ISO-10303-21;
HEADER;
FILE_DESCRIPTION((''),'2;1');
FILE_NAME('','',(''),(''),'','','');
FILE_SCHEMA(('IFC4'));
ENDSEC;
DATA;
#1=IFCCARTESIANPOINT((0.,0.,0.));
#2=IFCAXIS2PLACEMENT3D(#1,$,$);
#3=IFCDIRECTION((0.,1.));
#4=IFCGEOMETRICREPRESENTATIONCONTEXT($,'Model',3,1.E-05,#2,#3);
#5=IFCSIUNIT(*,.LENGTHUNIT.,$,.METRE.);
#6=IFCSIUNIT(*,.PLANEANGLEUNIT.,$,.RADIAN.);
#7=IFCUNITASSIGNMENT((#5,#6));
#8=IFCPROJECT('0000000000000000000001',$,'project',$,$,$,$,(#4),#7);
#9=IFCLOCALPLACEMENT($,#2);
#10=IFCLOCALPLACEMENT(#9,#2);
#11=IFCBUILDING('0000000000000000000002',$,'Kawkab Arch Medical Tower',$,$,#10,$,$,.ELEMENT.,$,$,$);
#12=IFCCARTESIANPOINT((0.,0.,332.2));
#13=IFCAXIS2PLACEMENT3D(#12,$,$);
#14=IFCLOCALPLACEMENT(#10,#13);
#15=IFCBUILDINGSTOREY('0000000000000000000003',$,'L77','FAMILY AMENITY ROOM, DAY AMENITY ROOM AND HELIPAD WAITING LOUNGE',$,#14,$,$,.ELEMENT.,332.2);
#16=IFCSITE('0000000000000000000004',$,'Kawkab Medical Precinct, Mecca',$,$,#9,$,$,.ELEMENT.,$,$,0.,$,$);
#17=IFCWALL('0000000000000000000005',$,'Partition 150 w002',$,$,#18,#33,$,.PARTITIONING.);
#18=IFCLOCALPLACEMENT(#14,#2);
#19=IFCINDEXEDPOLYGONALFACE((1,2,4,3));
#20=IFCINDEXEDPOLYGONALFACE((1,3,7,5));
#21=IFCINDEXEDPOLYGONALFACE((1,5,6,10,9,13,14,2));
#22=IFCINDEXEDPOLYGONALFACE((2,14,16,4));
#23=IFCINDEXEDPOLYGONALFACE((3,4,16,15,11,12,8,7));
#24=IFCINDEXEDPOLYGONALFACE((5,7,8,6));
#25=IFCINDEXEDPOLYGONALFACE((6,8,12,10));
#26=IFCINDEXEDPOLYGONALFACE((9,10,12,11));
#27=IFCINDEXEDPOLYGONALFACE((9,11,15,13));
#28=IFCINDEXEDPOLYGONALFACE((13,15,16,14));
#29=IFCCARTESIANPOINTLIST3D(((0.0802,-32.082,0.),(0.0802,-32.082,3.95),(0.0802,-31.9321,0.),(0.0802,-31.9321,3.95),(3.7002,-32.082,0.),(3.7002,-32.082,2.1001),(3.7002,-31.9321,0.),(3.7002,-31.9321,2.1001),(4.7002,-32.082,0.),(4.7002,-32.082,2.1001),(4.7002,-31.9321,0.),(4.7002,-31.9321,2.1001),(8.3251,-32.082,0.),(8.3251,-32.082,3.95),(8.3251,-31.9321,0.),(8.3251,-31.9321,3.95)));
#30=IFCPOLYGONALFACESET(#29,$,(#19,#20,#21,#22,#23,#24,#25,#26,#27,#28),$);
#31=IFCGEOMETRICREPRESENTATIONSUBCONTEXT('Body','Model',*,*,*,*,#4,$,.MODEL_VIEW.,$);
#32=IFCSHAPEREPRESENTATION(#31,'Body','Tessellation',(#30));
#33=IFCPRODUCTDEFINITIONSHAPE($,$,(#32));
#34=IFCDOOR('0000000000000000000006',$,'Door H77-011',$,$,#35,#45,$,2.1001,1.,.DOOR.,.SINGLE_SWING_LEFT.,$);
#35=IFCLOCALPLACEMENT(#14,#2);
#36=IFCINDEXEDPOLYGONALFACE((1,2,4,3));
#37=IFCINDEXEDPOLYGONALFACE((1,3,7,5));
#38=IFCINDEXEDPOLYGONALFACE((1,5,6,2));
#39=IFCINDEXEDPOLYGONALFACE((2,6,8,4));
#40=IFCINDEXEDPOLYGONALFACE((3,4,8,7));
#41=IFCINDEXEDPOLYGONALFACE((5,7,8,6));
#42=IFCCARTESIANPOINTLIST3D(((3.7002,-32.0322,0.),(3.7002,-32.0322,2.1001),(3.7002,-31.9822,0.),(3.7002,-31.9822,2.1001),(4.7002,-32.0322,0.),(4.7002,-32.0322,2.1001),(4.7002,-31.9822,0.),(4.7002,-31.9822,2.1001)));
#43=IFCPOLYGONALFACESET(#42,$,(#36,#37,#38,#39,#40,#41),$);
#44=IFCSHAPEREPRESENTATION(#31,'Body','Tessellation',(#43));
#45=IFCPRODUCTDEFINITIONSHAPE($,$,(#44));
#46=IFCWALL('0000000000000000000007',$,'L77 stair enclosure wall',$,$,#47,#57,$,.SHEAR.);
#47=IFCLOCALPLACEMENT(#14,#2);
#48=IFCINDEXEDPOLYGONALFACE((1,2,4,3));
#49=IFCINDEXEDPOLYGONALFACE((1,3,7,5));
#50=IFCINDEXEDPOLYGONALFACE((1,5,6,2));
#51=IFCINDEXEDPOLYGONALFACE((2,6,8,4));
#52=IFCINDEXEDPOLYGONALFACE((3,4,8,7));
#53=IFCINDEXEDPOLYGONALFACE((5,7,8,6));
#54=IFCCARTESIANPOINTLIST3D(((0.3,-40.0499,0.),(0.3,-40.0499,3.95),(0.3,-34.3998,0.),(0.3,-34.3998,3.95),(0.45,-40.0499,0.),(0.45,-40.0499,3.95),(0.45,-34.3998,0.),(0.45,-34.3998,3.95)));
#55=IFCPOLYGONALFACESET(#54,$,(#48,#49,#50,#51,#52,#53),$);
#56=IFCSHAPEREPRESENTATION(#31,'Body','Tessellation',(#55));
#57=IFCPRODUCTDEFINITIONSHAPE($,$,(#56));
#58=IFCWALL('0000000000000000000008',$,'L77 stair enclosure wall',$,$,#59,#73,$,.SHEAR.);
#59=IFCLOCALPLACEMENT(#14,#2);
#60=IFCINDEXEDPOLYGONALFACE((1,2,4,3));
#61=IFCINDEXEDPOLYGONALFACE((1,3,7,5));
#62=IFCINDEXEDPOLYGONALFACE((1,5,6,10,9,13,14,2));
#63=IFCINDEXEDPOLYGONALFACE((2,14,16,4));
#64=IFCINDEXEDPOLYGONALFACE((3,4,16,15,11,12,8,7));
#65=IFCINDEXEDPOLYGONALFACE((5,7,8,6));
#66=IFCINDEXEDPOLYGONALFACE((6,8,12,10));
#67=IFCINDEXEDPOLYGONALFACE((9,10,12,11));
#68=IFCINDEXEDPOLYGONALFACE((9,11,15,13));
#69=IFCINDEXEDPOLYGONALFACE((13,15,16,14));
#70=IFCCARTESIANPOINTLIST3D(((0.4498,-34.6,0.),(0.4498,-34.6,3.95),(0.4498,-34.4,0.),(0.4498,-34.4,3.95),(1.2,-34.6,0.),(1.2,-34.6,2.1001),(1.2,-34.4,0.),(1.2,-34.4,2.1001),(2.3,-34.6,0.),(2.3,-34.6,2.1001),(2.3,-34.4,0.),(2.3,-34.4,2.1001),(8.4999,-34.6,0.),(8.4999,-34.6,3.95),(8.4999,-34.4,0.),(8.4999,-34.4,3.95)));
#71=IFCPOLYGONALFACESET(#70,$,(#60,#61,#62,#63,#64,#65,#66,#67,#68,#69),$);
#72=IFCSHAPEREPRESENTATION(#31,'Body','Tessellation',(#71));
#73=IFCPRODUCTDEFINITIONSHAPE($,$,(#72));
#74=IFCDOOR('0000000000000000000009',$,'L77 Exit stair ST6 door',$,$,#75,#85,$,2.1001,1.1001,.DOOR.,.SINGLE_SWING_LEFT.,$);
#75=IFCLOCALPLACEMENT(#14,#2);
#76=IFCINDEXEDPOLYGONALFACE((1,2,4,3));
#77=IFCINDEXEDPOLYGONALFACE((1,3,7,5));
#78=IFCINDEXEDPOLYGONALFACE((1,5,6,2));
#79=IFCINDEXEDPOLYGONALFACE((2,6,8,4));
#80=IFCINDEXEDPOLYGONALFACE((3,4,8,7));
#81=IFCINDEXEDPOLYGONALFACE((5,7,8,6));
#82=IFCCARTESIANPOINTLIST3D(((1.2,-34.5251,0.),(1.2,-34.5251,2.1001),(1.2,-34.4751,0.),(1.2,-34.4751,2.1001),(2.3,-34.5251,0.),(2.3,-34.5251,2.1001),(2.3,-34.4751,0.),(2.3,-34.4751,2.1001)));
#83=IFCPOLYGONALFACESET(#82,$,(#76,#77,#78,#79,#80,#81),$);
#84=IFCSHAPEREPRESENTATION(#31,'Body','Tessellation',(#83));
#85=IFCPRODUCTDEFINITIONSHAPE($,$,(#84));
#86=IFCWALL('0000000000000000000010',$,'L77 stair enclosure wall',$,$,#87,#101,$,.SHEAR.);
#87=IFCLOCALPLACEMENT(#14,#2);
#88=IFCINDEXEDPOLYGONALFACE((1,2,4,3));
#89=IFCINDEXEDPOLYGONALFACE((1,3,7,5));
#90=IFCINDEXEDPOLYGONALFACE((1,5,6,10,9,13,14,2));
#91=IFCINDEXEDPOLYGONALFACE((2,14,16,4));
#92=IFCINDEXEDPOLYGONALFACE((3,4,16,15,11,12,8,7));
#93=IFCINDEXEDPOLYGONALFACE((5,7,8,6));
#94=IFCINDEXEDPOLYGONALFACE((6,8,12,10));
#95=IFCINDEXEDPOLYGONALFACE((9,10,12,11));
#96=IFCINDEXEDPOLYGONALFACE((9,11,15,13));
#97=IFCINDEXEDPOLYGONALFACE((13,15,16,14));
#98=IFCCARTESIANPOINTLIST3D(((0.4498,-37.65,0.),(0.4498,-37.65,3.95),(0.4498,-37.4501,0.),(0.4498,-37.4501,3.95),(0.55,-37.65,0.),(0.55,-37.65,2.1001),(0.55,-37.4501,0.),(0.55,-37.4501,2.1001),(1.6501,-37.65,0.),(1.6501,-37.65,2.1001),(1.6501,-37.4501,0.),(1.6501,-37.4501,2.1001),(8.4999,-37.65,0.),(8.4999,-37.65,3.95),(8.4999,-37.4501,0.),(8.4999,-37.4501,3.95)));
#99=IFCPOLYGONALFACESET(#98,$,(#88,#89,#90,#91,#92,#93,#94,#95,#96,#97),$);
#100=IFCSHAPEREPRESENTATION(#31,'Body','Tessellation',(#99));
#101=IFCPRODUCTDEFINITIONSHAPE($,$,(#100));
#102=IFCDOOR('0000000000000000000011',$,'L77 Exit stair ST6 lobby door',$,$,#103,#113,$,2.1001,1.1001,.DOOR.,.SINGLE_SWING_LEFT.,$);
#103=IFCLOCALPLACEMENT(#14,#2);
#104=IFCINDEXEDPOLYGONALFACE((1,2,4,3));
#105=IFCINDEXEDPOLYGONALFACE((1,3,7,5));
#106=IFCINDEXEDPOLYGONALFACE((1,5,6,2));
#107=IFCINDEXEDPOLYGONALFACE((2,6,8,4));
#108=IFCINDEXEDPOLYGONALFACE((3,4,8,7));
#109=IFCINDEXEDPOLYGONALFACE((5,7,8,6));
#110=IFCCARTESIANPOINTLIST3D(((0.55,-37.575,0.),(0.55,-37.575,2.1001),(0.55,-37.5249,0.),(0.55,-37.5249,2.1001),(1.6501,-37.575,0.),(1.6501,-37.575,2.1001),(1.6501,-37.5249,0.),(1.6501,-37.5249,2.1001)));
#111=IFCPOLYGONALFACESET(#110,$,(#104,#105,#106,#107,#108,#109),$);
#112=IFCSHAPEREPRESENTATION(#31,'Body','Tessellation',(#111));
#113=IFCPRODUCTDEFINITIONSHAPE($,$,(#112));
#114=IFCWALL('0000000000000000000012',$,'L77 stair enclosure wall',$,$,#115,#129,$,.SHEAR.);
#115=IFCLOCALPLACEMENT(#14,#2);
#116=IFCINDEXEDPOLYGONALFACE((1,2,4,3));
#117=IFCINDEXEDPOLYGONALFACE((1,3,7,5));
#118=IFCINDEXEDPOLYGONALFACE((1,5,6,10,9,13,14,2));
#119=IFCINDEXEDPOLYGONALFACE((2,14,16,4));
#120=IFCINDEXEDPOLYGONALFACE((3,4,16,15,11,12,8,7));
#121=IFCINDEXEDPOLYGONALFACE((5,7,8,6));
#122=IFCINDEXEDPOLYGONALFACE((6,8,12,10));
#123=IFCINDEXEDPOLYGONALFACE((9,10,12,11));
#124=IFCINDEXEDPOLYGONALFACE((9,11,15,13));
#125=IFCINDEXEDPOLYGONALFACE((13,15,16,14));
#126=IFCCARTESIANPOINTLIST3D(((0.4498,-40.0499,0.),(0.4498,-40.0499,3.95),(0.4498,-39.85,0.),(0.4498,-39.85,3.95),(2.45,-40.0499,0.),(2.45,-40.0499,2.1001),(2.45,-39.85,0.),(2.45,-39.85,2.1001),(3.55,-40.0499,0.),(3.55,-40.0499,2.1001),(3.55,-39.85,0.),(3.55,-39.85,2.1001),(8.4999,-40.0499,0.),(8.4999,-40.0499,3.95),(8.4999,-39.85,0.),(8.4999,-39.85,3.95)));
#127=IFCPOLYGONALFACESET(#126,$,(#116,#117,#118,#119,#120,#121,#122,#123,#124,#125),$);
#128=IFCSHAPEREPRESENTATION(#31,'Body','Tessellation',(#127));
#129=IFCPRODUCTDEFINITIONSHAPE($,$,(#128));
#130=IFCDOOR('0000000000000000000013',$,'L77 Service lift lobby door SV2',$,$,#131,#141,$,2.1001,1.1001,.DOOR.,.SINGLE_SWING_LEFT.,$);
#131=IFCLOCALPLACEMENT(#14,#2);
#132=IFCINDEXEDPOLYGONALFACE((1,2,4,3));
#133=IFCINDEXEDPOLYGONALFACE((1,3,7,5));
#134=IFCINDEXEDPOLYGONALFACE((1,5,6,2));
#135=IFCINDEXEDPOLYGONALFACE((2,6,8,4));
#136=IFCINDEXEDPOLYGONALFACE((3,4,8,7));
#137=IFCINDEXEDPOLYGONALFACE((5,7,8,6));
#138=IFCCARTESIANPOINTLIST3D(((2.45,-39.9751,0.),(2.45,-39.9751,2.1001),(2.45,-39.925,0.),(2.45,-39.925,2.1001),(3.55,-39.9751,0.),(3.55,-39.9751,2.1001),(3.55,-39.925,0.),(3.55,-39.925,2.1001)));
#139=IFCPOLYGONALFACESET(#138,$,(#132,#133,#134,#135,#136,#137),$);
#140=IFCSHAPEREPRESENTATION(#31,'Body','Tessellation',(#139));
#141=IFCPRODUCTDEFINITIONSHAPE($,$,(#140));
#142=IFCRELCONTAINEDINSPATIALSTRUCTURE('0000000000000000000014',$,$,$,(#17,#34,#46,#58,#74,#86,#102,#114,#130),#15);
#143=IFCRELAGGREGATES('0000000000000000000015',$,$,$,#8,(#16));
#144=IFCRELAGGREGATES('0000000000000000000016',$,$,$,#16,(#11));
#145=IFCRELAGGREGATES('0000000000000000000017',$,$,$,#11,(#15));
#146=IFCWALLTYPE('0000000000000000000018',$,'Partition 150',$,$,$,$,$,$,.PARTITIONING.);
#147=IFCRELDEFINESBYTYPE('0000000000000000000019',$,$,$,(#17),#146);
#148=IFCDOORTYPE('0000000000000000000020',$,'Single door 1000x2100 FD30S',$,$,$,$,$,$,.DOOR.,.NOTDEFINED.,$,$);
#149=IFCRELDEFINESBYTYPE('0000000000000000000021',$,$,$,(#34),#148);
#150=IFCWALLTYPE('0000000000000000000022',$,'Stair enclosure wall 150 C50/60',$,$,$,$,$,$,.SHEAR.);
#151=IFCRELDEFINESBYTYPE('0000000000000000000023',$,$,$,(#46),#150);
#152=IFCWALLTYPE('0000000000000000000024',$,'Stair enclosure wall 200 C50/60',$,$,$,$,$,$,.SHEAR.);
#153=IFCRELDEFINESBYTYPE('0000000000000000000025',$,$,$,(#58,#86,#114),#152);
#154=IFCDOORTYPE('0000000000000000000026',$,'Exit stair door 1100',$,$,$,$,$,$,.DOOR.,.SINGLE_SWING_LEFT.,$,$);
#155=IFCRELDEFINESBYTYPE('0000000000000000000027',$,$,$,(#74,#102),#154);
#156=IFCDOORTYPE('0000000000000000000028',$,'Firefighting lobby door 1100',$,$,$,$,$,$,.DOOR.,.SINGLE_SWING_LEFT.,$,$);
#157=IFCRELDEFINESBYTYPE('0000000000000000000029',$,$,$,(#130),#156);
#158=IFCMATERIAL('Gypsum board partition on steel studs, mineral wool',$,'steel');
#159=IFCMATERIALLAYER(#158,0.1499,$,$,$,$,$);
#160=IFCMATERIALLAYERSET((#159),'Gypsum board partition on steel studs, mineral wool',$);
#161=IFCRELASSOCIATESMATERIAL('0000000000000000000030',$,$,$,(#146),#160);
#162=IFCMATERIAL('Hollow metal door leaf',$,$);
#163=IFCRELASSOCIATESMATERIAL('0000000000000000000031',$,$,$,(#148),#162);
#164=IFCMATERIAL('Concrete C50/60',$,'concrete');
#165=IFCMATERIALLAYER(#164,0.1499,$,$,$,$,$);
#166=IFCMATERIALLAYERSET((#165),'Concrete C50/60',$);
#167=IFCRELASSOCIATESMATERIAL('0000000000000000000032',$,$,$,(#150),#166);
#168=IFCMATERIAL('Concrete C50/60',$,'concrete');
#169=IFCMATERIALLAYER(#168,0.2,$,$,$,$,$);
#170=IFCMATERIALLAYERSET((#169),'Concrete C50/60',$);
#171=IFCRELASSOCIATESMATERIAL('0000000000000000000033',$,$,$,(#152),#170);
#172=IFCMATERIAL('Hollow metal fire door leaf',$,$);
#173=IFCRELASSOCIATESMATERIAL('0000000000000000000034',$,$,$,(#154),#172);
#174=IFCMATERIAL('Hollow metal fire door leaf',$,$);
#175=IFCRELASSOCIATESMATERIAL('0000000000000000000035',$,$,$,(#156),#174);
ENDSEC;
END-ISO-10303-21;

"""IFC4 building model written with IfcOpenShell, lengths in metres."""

from ifc_helpers import new_model, si_unit, direction, frame, frame_2d, origin, place, context, subcontext, project, spatial, rectangle, extrude, material, layer, layer_set, type_object, element, fill, save


model = new_model("IFC4")

# Units and contexts
model_context = context("Model", 3, precision=1e-05, world=origin(), true_north=direction((0.0, 1.0)))
body_context = subcontext(model_context, "Body", "Model", "MODEL_VIEW")
ifc_project = project(units=[si_unit("LENGTHUNIT", "METRE"), si_unit("PLANEANGLEUNIT", "RADIAN")], contexts=[model_context])

# Site, building, storey
site_placement = place(None, origin())
site = spatial("IfcSite", under=ifc_project, at=site_placement, Name="Kawkab Medical Precinct, Mecca", CompositionType="ELEMENT", RefElevation=0.0)
building_placement = place(site_placement, origin())
building = spatial("IfcBuilding", under=site, at=building_placement, Name="Kawkab Arch Medical Tower", CompositionType="ELEMENT")
storey_placement = place(building_placement, frame((0.0, 0.0, 332.2)))
storey = spatial("IfcBuildingStorey", under=building, at=storey_placement, Name="L77", Description="FAMILY AMENITY ROOM, DAY AMENITY ROOM AND HELIPAD WAITING LOUNGE", CompositionType="ELEMENT", Elevation=332.2)

# Wall, opening, door
ifc_material_1 = material(Name="Gypsum board partition on steel studs, mineral wool", Category="steel")
ifc_layer_1 = layer(ifc_material_1, 0.1499)
ifc_layer_set_1 = layer_set([ifc_layer_1], Name="Gypsum board partition on steel studs, mineral wool")
wall_type_1 = type_object("IfcWallType", Name="Partition 150", PredefinedType="PARTITIONING", material=ifc_layer_set_1)
wall_1_placement = place(storey_placement, frame((0.0801, -32.0071, 0.0), z_axis=(0.0, 0.0, 1.0), x_axis=(1.0, 0.0, 0.0)))
wall_1 = element("IfcWall", 1, at=wall_1_placement, inside=storey, type_object=wall_type_1, Name="Partition 150 w002", PredefinedType="PARTITIONING", context=body_context, shape_type="SweptSolid", body=[
    extrude(rectangle(XDim=8.2449, YDim=0.1499, at=frame_2d((4.1226, 0.0))), origin(), (0.0, 0.0, 1.0), 3.95),
])
opening_1_placement = place(wall_1_placement, frame((3.6201, 0.0, 0.0)))
opening_1 = element("IfcOpeningElement", 2, at=opening_1_placement, cuts=wall_1, PredefinedType="OPENING", context=body_context, shape_type="SweptSolid", body=[
    extrude(rectangle(XDim=1.0, YDim=2.1001, at=frame_2d((0.5, 1.05))), frame((0.0, 0.085, 0.0), z_axis=(0.0, -1.0, 0.0), x_axis=(1.0, 0.0, 0.0)), (0.0, 0.0, 1.0), 0.1699),
])
ifc_material_2 = material(Name="Hollow metal door leaf")
door_type_1 = type_object("IfcDoorType", Name="Single door 1000x2100 FD30S", OperationType="NOTDEFINED", PredefinedType="DOOR", material=ifc_material_2)
door_1_placement = place(opening_1_placement, origin())
door_1 = element("IfcDoor", 3, at=door_1_placement, inside=storey, type_object=door_type_1, Name="Door H77-011", OperationType="SINGLE_SWING_LEFT", OverallHeight=2.1001, OverallWidth=1.0, PredefinedType="DOOR", context=body_context, shape_type="SweptSolid", body=[
    extrude(rectangle(XDim=1.0, YDim=2.1001, at=frame_2d((0.5, 1.05))), frame((0.0, 0.0249, 0.0), z_axis=(0.0, -1.0, 0.0), x_axis=(1.0, 0.0, 0.0)), (0.0, 0.0, 1.0), 0.05),
])
fill(opening_1, door_1)

# Wall
ifc_material_3 = material(Name="Concrete C50/60", Category="concrete")
ifc_layer_2 = layer(ifc_material_3, 0.1499)
ifc_layer_set_2 = layer_set([ifc_layer_2], Name="Concrete C50/60")
wall_type_2 = type_object("IfcWallType", Name="Stair enclosure wall 150 C50/60", PredefinedType="SHEAR", material=ifc_layer_set_2)
wall_2_placement = place(storey_placement, frame((0.375, -40.05, 0.0), z_axis=(0.0, 0.0, 1.0), x_axis=(0.0, 1.0, 0.0)))
element("IfcWall", 4, at=wall_2_placement, inside=storey, type_object=wall_type_2, Name="L77 stair enclosure wall", PredefinedType="SHEAR", context=body_context, shape_type="SweptSolid", body=[
    extrude(rectangle(XDim=5.6501, YDim=0.1499, at=frame_2d((2.8252, 0.0))), origin(), (0.0, 0.0, 1.0), 3.95),
])

# Walls, openings, doors
ifc_material_4 = material(Name="Concrete C50/60", Category="concrete")
ifc_layer_3 = layer(ifc_material_4, 0.2)
ifc_layer_set_3 = layer_set([ifc_layer_3], Name="Concrete C50/60")
wall_type_3 = type_object("IfcWallType", Name="Stair enclosure wall 200 C50/60", PredefinedType="SHEAR", material=ifc_layer_set_3)
wall_3_placement = place(storey_placement, frame((0.45, -34.5, 0.0), z_axis=(0.0, 0.0, 1.0), x_axis=(1.0, 0.0, 0.0)))
wall_3 = element("IfcWall", 5, at=wall_3_placement, inside=storey, type_object=wall_type_3, Name="L77 stair enclosure wall", PredefinedType="SHEAR", context=body_context, shape_type="SweptSolid", body=[
    extrude(rectangle(XDim=8.05, YDim=0.2, at=frame_2d((4.0249, 0.0))), origin(), (0.0, 0.0, 1.0), 3.95),
])
opening_2_placement = place(wall_3_placement, frame((0.75, 0.0, 0.0)))
opening_2 = element("IfcOpeningElement", 6, at=opening_2_placement, cuts=wall_3, PredefinedType="OPENING", context=body_context, shape_type="SweptSolid", body=[
    extrude(rectangle(XDim=1.1001, YDim=2.1001, at=frame_2d((0.55, 1.05))), frame((0.0, 0.1099, 0.0), z_axis=(0.0, -1.0, 0.0), x_axis=(1.0, 0.0, 0.0)), (0.0, 0.0, 1.0), 0.22),
])
ifc_material_5 = material(Name="Hollow metal fire door leaf")
door_type_2 = type_object("IfcDoorType", Name="Exit stair door 1100", OperationType="SINGLE_SWING_LEFT", PredefinedType="DOOR", material=ifc_material_5)
door_2_placement = place(opening_2_placement, origin())
door_2 = element("IfcDoor", 7, at=door_2_placement, inside=storey, type_object=door_type_2, Name="L77 Exit stair ST6 door", OperationType="SINGLE_SWING_LEFT", OverallHeight=2.1001, OverallWidth=1.1001, PredefinedType="DOOR", context=body_context, shape_type="SweptSolid", body=[
    extrude(rectangle(XDim=1.1001, YDim=2.1001, at=frame_2d((0.55, 1.05))), frame((0.0, 0.0249, 0.0), z_axis=(0.0, -1.0, 0.0), x_axis=(1.0, 0.0, 0.0)), (0.0, 0.0, 1.0), 0.05),
])
fill(opening_2, door_2)
wall_4_placement = place(storey_placement, frame((0.45, -37.55, 0.0), z_axis=(0.0, 0.0, 1.0), x_axis=(1.0, 0.0, 0.0)))
wall_4 = element("IfcWall", 8, at=wall_4_placement, inside=storey, type_object=wall_type_3, Name="L77 stair enclosure wall", PredefinedType="SHEAR", context=body_context, shape_type="SweptSolid", body=[
    extrude(rectangle(XDim=8.05, YDim=0.2, at=frame_2d((4.0249, 0.0))), origin(), (0.0, 0.0, 1.0), 3.95),
])
opening_3_placement = place(wall_4_placement, frame((0.1001, 0.0, 0.0)))
opening_3 = element("IfcOpeningElement", 9, at=opening_3_placement, cuts=wall_4, PredefinedType="OPENING", context=body_context, shape_type="SweptSolid", body=[
    extrude(rectangle(XDim=1.1001, YDim=2.1001, at=frame_2d((0.55, 1.05))), frame((0.0, 0.1099, 0.0), z_axis=(0.0, -1.0, 0.0), x_axis=(1.0, 0.0, 0.0)), (0.0, 0.0, 1.0), 0.22),
])
door_3_placement = place(opening_3_placement, frame((1.1001, 0.0, 0.0), z_axis=(0.0, 0.0, 1.0), x_axis=(-1.0, 0.0, 0.0)))
door_3 = element("IfcDoor", 10, at=door_3_placement, inside=storey, type_object=door_type_2, Name="L77 Exit stair ST6 lobby door", OperationType="SINGLE_SWING_LEFT", OverallHeight=2.1001, OverallWidth=1.1001, PredefinedType="DOOR", context=body_context, shape_type="SweptSolid", body=[
    extrude(rectangle(XDim=1.1001, YDim=2.1001, at=frame_2d((0.55, 1.05))), frame((0.0, 0.0249, 0.0), z_axis=(0.0, -1.0, 0.0), x_axis=(1.0, 0.0, 0.0)), (0.0, 0.0, 1.0), 0.05),
])
fill(opening_3, door_3)
wall_5_placement = place(storey_placement, frame((0.45, -39.95, 0.0), z_axis=(0.0, 0.0, 1.0), x_axis=(1.0, 0.0, 0.0)))
wall_5 = element("IfcWall", 11, at=wall_5_placement, inside=storey, type_object=wall_type_3, Name="L77 stair enclosure wall", PredefinedType="SHEAR", context=body_context, shape_type="SweptSolid", body=[
    extrude(rectangle(XDim=8.05, YDim=0.2, at=frame_2d((4.0249, 0.0))), origin(), (0.0, 0.0, 1.0), 3.95),
])
opening_4_placement = place(wall_5_placement, frame((2.0, 0.0, 0.0)))
opening_4 = element("IfcOpeningElement", 12, at=opening_4_placement, cuts=wall_5, PredefinedType="OPENING", context=body_context, shape_type="SweptSolid", body=[
    extrude(rectangle(XDim=1.1001, YDim=2.1001, at=frame_2d((0.55, 1.05))), frame((0.0, 0.1099, 0.0), z_axis=(0.0, -1.0, 0.0), x_axis=(1.0, 0.0, 0.0)), (0.0, 0.0, 1.0), 0.22),
])
ifc_material_6 = material(Name="Hollow metal fire door leaf")
door_type_3 = type_object("IfcDoorType", Name="Firefighting lobby door 1100", OperationType="SINGLE_SWING_LEFT", PredefinedType="DOOR", material=ifc_material_6)
door_4_placement = place(opening_4_placement, origin())
door_4 = element("IfcDoor", 13, at=door_4_placement, inside=storey, type_object=door_type_3, Name="L77 Service lift lobby door SV2", OperationType="SINGLE_SWING_LEFT", OverallHeight=2.1001, OverallWidth=1.1001, PredefinedType="DOOR", context=body_context, shape_type="SweptSolid", body=[
    extrude(rectangle(XDim=1.1001, YDim=2.1001, at=frame_2d((0.55, 1.05))), frame((0.0, 0.0249, 0.0), z_axis=(0.0, -1.0, 0.0), x_axis=(1.0, 0.0, 0.0)), (0.0, 0.0, 1.0), 0.05),
])
fill(opening_4, door_4)

save(model, "model.ifc")
